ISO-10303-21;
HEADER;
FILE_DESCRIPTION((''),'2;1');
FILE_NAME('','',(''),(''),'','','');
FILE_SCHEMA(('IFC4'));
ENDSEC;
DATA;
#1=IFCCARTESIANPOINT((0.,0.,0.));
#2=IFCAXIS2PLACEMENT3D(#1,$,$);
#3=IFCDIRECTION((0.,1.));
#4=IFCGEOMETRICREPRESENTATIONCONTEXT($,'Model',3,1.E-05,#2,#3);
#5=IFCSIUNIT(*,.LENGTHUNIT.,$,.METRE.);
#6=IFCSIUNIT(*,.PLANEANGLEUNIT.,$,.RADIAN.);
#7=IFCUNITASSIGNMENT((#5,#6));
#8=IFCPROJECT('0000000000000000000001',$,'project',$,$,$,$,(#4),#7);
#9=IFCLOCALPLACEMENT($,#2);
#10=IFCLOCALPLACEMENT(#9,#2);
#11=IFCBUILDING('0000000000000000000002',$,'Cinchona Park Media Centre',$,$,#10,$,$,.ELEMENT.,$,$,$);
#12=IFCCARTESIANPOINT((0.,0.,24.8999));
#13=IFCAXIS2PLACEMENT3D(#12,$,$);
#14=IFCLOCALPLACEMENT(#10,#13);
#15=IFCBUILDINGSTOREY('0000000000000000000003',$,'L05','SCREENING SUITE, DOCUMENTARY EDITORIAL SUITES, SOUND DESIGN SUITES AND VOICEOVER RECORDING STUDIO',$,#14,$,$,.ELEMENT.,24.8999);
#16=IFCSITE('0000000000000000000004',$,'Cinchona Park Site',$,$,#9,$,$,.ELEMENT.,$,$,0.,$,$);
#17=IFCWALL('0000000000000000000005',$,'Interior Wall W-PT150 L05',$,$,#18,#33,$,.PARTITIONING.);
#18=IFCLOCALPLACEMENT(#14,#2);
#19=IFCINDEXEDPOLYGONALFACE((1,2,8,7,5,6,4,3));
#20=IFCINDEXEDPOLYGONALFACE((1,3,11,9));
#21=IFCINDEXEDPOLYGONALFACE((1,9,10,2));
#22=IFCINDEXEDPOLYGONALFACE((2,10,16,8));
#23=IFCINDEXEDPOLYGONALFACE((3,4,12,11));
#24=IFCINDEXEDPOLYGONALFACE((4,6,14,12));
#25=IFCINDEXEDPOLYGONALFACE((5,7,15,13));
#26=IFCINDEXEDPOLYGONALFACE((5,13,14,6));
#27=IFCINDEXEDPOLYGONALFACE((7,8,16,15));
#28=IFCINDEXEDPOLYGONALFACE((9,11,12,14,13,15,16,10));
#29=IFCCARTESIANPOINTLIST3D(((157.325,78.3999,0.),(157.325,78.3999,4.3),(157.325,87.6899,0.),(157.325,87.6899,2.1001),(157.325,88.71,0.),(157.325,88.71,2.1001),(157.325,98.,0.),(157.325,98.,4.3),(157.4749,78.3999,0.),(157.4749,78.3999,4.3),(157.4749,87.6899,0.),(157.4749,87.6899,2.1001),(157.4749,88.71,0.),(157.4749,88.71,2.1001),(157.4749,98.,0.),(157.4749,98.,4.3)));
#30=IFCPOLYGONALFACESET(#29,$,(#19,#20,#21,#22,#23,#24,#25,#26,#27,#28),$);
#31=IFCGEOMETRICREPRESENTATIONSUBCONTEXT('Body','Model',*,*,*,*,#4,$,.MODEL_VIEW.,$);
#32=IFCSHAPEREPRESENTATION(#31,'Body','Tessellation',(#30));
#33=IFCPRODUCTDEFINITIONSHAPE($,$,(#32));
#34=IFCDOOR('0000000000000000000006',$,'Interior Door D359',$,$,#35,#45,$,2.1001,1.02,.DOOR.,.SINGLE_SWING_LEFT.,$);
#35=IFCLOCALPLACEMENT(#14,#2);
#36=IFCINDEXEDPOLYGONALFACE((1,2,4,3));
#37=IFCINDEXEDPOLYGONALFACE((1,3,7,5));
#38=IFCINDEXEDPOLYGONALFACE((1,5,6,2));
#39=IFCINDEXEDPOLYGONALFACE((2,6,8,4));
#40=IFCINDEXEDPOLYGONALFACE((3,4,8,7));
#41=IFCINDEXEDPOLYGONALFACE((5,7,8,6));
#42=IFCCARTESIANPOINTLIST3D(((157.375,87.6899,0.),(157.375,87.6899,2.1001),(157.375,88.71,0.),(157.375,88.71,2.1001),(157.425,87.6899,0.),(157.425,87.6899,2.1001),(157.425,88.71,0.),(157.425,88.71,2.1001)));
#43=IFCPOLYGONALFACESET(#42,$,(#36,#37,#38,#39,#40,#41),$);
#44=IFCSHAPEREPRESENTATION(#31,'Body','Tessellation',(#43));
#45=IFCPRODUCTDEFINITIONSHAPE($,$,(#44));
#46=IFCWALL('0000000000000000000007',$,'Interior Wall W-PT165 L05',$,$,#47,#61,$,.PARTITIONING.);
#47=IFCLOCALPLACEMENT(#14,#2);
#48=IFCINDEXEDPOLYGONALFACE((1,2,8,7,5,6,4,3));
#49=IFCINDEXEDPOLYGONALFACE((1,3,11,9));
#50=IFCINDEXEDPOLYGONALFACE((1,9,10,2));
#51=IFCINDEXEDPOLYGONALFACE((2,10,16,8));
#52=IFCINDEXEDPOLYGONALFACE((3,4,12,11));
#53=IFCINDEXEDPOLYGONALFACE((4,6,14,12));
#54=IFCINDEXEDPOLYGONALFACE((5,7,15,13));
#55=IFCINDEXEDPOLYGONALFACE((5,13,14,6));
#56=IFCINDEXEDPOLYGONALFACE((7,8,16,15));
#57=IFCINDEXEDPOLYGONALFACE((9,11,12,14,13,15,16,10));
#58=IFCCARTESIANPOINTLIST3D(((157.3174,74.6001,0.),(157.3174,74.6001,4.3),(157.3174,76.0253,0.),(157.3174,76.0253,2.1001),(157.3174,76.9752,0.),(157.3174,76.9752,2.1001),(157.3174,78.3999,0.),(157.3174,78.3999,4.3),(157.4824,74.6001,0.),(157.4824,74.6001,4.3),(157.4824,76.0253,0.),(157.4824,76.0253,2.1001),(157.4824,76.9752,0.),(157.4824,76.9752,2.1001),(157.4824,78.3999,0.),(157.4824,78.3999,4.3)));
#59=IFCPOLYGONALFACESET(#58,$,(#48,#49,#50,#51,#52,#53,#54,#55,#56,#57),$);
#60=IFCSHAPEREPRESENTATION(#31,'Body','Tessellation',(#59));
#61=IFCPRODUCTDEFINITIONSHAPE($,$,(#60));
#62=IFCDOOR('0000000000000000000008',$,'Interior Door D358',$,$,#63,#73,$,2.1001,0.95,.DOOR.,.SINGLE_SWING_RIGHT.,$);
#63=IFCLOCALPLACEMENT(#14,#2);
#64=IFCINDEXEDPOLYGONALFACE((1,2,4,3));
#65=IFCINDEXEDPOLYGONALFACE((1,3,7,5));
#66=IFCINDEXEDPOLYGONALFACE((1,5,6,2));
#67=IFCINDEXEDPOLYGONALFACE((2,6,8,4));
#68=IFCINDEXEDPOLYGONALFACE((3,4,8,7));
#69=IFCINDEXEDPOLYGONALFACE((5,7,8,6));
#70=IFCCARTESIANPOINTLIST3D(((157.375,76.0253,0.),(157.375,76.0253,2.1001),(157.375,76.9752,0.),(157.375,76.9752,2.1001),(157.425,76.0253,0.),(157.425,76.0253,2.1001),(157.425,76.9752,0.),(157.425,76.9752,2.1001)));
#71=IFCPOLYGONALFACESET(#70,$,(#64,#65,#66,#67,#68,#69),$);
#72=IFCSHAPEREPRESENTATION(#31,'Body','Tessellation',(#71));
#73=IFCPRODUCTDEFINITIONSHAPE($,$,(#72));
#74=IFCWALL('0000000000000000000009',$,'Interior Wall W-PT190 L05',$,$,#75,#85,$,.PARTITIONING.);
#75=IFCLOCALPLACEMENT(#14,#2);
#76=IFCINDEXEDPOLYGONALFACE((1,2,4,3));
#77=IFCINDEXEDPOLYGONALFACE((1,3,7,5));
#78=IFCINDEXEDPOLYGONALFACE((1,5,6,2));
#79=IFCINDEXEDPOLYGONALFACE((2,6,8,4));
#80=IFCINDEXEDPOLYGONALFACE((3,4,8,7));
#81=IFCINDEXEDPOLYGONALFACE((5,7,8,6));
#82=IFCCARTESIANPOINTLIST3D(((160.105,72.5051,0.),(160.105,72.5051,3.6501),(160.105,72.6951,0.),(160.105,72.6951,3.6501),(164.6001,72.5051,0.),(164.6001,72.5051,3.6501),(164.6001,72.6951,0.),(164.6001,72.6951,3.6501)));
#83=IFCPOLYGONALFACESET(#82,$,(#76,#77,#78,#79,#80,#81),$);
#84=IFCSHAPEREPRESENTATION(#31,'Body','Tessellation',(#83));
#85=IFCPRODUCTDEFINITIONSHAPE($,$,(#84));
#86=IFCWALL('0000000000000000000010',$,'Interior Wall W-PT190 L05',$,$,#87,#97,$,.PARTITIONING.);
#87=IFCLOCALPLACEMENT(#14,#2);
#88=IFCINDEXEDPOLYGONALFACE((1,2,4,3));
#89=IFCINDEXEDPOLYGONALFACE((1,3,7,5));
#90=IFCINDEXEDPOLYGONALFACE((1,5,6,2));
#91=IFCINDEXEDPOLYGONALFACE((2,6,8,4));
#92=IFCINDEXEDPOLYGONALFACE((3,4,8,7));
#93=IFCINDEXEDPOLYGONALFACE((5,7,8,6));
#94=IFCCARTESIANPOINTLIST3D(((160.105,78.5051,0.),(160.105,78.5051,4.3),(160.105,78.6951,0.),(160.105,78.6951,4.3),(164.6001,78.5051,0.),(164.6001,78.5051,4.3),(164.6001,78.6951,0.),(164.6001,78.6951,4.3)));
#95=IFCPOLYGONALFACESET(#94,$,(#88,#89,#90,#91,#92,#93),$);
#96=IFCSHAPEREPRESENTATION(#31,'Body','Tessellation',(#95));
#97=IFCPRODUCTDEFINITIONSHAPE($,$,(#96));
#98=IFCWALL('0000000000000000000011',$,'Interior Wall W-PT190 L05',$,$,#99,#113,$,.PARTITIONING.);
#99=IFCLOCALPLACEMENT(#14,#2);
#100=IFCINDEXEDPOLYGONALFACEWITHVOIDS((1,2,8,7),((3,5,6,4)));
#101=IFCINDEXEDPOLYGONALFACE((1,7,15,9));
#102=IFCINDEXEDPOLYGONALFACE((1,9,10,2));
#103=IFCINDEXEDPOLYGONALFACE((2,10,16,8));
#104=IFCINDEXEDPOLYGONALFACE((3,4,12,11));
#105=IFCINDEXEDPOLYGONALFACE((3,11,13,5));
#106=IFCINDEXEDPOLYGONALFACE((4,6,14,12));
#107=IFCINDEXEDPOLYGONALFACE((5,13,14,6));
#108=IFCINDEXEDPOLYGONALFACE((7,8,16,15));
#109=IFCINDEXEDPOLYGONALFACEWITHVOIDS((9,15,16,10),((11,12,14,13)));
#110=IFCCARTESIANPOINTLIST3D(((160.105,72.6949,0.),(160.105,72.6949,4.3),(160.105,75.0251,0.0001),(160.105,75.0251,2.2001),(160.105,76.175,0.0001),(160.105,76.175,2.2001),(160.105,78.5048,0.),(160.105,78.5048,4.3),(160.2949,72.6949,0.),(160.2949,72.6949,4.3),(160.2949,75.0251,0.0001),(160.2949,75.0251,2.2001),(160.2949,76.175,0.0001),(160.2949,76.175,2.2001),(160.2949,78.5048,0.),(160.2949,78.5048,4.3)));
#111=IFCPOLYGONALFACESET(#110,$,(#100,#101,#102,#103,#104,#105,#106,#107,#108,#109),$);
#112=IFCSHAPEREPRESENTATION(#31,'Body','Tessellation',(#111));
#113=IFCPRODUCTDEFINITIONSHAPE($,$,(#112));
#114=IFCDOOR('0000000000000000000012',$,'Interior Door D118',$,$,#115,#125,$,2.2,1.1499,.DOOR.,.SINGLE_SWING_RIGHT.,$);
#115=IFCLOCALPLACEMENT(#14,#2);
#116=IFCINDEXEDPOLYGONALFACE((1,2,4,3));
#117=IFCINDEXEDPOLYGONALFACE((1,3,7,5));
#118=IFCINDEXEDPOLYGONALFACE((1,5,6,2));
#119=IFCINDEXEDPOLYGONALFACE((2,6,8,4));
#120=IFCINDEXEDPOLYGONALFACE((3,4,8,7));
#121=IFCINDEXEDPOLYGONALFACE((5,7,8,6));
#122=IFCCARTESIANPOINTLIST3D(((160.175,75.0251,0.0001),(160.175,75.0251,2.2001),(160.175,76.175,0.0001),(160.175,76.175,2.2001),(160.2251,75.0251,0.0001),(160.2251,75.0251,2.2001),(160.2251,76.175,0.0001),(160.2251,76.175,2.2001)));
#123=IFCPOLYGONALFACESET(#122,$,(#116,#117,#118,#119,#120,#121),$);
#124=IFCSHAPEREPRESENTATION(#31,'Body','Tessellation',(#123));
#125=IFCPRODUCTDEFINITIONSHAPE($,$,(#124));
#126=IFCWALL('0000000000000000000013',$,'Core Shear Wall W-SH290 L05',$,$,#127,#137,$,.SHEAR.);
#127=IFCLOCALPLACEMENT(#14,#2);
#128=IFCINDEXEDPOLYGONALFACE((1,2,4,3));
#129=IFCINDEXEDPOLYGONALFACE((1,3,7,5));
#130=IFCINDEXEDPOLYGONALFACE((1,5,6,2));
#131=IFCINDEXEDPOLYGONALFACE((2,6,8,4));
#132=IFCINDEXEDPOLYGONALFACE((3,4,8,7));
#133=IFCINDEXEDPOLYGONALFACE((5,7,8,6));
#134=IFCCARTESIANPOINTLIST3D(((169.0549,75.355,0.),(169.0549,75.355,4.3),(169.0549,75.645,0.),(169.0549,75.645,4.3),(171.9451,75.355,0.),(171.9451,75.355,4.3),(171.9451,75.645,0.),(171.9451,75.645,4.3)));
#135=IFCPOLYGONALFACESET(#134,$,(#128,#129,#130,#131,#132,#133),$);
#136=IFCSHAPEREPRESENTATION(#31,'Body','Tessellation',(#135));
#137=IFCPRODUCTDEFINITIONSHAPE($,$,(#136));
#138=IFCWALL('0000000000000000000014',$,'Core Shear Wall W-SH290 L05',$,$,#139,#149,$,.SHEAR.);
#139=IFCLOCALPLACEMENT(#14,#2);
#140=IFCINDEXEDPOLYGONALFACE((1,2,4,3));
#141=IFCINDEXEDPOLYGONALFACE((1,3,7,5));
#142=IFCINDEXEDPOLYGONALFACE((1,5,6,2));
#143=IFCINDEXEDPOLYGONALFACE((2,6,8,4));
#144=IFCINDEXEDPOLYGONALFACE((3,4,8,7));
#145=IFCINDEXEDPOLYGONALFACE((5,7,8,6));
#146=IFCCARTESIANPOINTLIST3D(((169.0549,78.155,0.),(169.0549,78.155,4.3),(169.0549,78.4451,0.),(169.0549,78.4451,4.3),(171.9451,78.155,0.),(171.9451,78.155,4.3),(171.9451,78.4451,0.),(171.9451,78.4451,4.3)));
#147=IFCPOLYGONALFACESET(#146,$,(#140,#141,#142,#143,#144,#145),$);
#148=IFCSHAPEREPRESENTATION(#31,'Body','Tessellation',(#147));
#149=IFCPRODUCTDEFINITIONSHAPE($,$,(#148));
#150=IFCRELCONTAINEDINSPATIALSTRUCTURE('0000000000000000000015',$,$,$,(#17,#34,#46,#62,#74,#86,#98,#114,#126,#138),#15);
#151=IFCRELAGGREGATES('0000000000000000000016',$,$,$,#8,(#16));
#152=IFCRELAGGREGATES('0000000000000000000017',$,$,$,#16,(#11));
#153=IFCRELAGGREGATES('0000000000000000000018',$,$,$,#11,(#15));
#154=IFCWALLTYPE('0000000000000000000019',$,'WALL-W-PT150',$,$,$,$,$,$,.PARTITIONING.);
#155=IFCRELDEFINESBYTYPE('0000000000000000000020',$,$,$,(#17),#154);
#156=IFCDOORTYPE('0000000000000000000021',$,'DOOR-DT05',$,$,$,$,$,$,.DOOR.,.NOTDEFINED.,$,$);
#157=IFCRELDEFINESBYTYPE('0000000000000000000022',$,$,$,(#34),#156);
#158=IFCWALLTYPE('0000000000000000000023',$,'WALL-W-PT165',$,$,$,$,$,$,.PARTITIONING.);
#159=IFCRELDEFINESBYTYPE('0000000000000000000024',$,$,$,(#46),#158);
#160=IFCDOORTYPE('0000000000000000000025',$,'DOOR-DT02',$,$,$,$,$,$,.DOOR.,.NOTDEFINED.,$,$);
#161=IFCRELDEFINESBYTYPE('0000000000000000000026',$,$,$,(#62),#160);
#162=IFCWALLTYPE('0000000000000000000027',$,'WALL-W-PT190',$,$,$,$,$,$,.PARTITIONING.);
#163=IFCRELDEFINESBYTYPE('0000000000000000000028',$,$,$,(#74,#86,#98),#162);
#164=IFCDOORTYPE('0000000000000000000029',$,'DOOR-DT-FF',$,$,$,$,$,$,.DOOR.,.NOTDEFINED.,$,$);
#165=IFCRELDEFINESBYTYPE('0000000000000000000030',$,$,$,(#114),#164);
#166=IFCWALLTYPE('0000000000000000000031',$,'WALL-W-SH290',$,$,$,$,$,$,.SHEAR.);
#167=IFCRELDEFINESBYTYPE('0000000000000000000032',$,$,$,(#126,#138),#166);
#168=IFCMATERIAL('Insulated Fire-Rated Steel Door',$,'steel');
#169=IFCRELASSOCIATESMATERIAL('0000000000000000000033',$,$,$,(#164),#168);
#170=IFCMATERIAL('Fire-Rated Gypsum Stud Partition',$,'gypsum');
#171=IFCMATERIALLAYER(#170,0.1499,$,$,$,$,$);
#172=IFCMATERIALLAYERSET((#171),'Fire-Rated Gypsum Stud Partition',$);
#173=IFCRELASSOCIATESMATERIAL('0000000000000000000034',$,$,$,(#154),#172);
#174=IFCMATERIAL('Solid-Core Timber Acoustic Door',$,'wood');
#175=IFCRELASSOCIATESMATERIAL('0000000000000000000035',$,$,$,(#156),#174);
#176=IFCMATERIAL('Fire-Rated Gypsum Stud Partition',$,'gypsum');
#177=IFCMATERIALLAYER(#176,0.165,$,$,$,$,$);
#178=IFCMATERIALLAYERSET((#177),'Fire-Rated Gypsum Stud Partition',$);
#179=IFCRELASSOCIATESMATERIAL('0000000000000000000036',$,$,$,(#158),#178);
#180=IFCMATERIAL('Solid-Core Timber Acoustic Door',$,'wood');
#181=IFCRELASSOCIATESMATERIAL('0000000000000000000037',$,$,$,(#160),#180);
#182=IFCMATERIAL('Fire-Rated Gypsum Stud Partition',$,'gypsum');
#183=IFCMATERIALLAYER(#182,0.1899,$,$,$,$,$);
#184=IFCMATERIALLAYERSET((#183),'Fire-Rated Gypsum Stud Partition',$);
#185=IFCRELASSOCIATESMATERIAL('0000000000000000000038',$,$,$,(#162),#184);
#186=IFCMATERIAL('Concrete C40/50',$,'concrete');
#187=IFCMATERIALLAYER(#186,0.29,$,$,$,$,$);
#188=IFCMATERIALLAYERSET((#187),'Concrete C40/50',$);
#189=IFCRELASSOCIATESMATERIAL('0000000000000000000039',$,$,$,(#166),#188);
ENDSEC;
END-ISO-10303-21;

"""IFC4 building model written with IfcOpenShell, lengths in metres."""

from ifc_helpers import new_model, si_unit, direction, frame, frame_2d, origin, place, context, subcontext, project, spatial, rectangle, extrude, material, layer, layer_set, type_object, element, fill, save


model = new_model("IFC4")

# Units and contexts
model_context = context("Model", 3, precision=1e-05, world=origin(), true_north=direction((0.0, 1.0)))
body_context = subcontext(model_context, "Body", "Model", "MODEL_VIEW")
ifc_project = project(units=[si_unit("LENGTHUNIT", "METRE"), si_unit("PLANEANGLEUNIT", "RADIAN")], contexts=[model_context])

# Site, building, storey
site_placement = place(None, origin())
site = spatial("IfcSite", under=ifc_project, at=site_placement, Name="Cinchona Park Site", CompositionType="ELEMENT", RefElevation=0.0)
building_placement = place(site_placement, origin())
building = spatial("IfcBuilding", under=site, at=building_placement, Name="Cinchona Park Media Centre", CompositionType="ELEMENT")
storey_placement = place(building_placement, frame((0.0, 0.0, 24.8999)))
storey = spatial("IfcBuildingStorey", under=building, at=storey_placement, Name="L05", Description="SCREENING SUITE, DOCUMENTARY EDITORIAL SUITES, SOUND DESIGN SUITES AND VOICEOVER RECORDING STUDIO", CompositionType="ELEMENT", Elevation=24.8999)

# Shared definitions
ifc_material_1 = material(Name="Insulated Fire-Rated Steel Door", Category="steel")
door_type_1 = type_object("IfcDoorType", Name="DOOR-DT-FF", OperationType="NOTDEFINED", PredefinedType="DOOR", material=ifc_material_1)

# Walls, openings, doors
ifc_material_2 = material(Name="Fire-Rated Gypsum Stud Partition", Category="gypsum")
ifc_layer_1 = layer(ifc_material_2, 0.1499)
ifc_layer_set_1 = layer_set([ifc_layer_1], Name="Fire-Rated Gypsum Stud Partition")
wall_type_1 = type_object("IfcWallType", Name="WALL-W-PT150", PredefinedType="PARTITIONING", material=ifc_layer_set_1)
wall_1_placement = place(storey_placement, frame((157.3999, 78.3999, 0.0), z_axis=(0.0, 0.0, 1.0), x_axis=(0.0, 1.0, 0.0)))
wall_1 = element("IfcWall", 1, at=wall_1_placement, inside=storey, type_object=wall_type_1, Name="Interior Wall W-PT150 L05", PredefinedType="PARTITIONING", context=body_context, shape_type="SweptSolid", body=[
    extrude(rectangle(XDim=19.6001, YDim=0.1499, at=frame_2d((9.8, 0.0))), origin(), (0.0, 0.0, 1.0), 4.3),
])
opening_1_placement = place(wall_1_placement, frame((9.29, 0.0, 0.0)))
opening_1 = element("IfcOpeningElement", 2, at=opening_1_placement, cuts=wall_1, PredefinedType="OPENING", context=body_context, shape_type="SweptSolid", body=[
    extrude(rectangle(XDim=1.02, YDim=2.1001, at=frame_2d((0.51, 1.05))), frame((0.0, 0.085, 0.0), z_axis=(0.0, -1.0, 0.0), x_axis=(1.0, 0.0, 0.0)), (0.0, 0.0, 1.0), 0.1699),
])
ifc_material_3 = material(Name="Solid-Core Timber Acoustic Door", Category="wood")
door_type_2 = type_object("IfcDoorType", Name="DOOR-DT05", OperationType="NOTDEFINED", PredefinedType="DOOR", material=ifc_material_3)
door_1_placement = place(opening_1_placement, origin())
door_1 = element("IfcDoor", 3, at=door_1_placement, inside=storey, type_object=door_type_2, Name="Interior Door D359", OperationType="SINGLE_SWING_LEFT", OverallHeight=2.1001, OverallWidth=1.02, PredefinedType="DOOR", context=body_context, shape_type="SweptSolid", body=[
    extrude(rectangle(XDim=1.02, YDim=2.1001, at=frame_2d((0.51, 1.05))), frame((0.0, 0.0249, 0.0), z_axis=(0.0, -1.0, 0.0), x_axis=(1.0, 0.0, 0.0)), (0.0, 0.0, 1.0), 0.05),
])
fill(opening_1, door_1)
ifc_material_4 = material(Name="Fire-Rated Gypsum Stud Partition", Category="gypsum")
ifc_layer_2 = layer(ifc_material_4, 0.165)
ifc_layer_set_2 = layer_set([ifc_layer_2], Name="Fire-Rated Gypsum Stud Partition")
wall_type_2 = type_object("IfcWallType", Name="WALL-W-PT165", PredefinedType="PARTITIONING", material=ifc_layer_set_2)
wall_2_placement = place(storey_placement, frame((157.3999, 74.6001, 0.0), z_axis=(0.0, 0.0, 1.0), x_axis=(0.0, 1.0, 0.0)))
wall_2 = element("IfcWall", 4, at=wall_2_placement, inside=storey, type_object=wall_type_2, Name="Interior Wall W-PT165 L05", PredefinedType="PARTITIONING", context=body_context, shape_type="SweptSolid", body=[
    extrude(rectangle(XDim=3.7998, YDim=0.165, at=frame_2d((1.8999, 0.0))), origin(), (0.0, 0.0, 1.0), 4.3),
])
opening_2_placement = place(wall_2_placement, frame((1.425, 0.0, 0.0)))
opening_2 = element("IfcOpeningElement", 5, at=opening_2_placement, cuts=wall_2, PredefinedType="OPENING", context=body_context, shape_type="SweptSolid", body=[
    extrude(rectangle(XDim=0.95, YDim=2.1001, at=frame_2d((0.4751, 1.05))), frame((0.0, 0.0925, 0.0), z_axis=(0.0, -1.0, 0.0), x_axis=(1.0, 0.0, 0.0)), (0.0, 0.0, 1.0), 0.1851),
])
ifc_material_5 = material(Name="Solid-Core Timber Acoustic Door", Category="wood")
door_type_3 = type_object("IfcDoorType", Name="DOOR-DT02", OperationType="NOTDEFINED", PredefinedType="DOOR", material=ifc_material_5)
door_2_placement = place(opening_2_placement, origin())
door_2 = element("IfcDoor", 6, at=door_2_placement, inside=storey, type_object=door_type_3, Name="Interior Door D358", OperationType="SINGLE_SWING_RIGHT", OverallHeight=2.1001, OverallWidth=0.95, PredefinedType="DOOR", context=body_context, shape_type="SweptSolid", body=[
    extrude(rectangle(XDim=0.95, YDim=2.1001, at=frame_2d((0.4751, 1.05))), frame((0.0, 0.0249, 0.0), z_axis=(0.0, -1.0, 0.0), x_axis=(1.0, 0.0, 0.0)), (0.0, 0.0, 1.0), 0.05),
])
fill(opening_2, door_2)

# Walls
ifc_material_6 = material(Name="Fire-Rated Gypsum Stud Partition", Category="gypsum")
ifc_layer_3 = layer(ifc_material_6, 0.1899)
ifc_layer_set_3 = layer_set([ifc_layer_3], Name="Fire-Rated Gypsum Stud Partition")
wall_type_3 = type_object("IfcWallType", Name="WALL-W-PT190", PredefinedType="PARTITIONING", material=ifc_layer_set_3)
wall_3_placement = place(storey_placement, frame((160.105, 72.6001, 0.0), z_axis=(0.0, 0.0, 1.0), x_axis=(1.0, 0.0, 0.0)))
element("IfcWall", 7, at=wall_3_placement, inside=storey, type_object=wall_type_3, Name="Interior Wall W-PT190 L05", PredefinedType="PARTITIONING", context=body_context, shape_type="SweptSolid", body=[
    extrude(rectangle(XDim=4.4951, YDim=0.1899, at=frame_2d((2.2476, 0.0))), origin(), (0.0, 0.0, 1.0), 3.6501),
])
wall_4_placement = place(storey_placement, frame((160.105, 78.6001, 0.0), z_axis=(0.0, 0.0, 1.0), x_axis=(1.0, 0.0, 0.0)))
element("IfcWall", 8, at=wall_4_placement, inside=storey, type_object=wall_type_3, Name="Interior Wall W-PT190 L05", PredefinedType="PARTITIONING", context=body_context, shape_type="SweptSolid", body=[
    extrude(rectangle(XDim=4.4951, YDim=0.1899, at=frame_2d((2.2476, 0.0))), origin(), (0.0, 0.0, 1.0), 4.3),
])

# Wall, opening, door
wall_5_placement = place(storey_placement, frame((160.2, 72.6951, 0.0), z_axis=(0.0, 0.0, 1.0), x_axis=(0.0, 1.0, 0.0)))
wall_5 = element("IfcWall", 9, at=wall_5_placement, inside=storey, type_object=wall_type_3, Name="Interior Wall W-PT190 L05", PredefinedType="PARTITIONING", context=body_context, shape_type="SweptSolid", body=[
    extrude(rectangle(XDim=5.8098, YDim=0.1899, at=frame_2d((2.9048, 0.0))), origin(), (0.0, 0.0, 1.0), 4.3),
])
opening_3_placement = place(wall_5_placement, frame((2.3301, 0.0, 0.0)))
opening_3 = element("IfcOpeningElement", 10, at=opening_3_placement, cuts=wall_5, PredefinedType="OPENING", context=body_context, shape_type="SweptSolid", body=[
    extrude(rectangle(XDim=1.1499, YDim=2.2, at=frame_2d((0.575, 1.1001))), frame((0.0, 0.105, 0.0), z_axis=(0.0, -1.0, 0.0), x_axis=(1.0, 0.0, 0.0)), (0.0, 0.0, 1.0), 0.21),
])
door_3_placement = place(opening_3_placement, origin())
door_3 = element("IfcDoor", 11, at=door_3_placement, inside=storey, type_object=door_type_1, Name="Interior Door D118", OperationType="SINGLE_SWING_RIGHT", OverallHeight=2.2, OverallWidth=1.1499, PredefinedType="DOOR", context=body_context, shape_type="SweptSolid", body=[
    extrude(rectangle(XDim=1.1499, YDim=2.2, at=frame_2d((0.575, 1.1001))), frame((0.0, 0.0249, 0.0), z_axis=(0.0, -1.0, 0.0), x_axis=(1.0, 0.0, 0.0)), (0.0, 0.0, 1.0), 0.05),
])
fill(opening_3, door_3)

# Walls
ifc_material_7 = material(Name="Concrete C40/50", Category="concrete")
ifc_layer_4 = layer(ifc_material_7, 0.29)
ifc_layer_set_4 = layer_set([ifc_layer_4], Name="Concrete C40/50")
wall_type_4 = type_object("IfcWallType", Name="WALL-W-SH290", PredefinedType="SHEAR", material=ifc_layer_set_4)
for number, where, z_axis, x_axis, name in (
    (12, (169.0549, 75.5, 0.0), (0.0, 0.0, 1.0), (1.0, 0.0, 0.0), "Core Shear Wall W-SH290 L05"),
    (13, (169.0549, 78.3, 0.0), (0.0, 0.0, 1.0), (1.0, 0.0, 0.0), "Core Shear Wall W-SH290 L05"),
):
    element("IfcWall", number, at=place(storey_placement, frame(where, z_axis=z_axis, x_axis=x_axis)), inside=storey, type_object=wall_type_4, Name=name, PredefinedType="SHEAR", context=body_context, shape_type="SweptSolid", body=[
        extrude(rectangle(XDim=2.8901, YDim=0.29, at=frame_2d((1.4451, 0.0))), origin(), (0.0, 0.0, 1.0), 4.3),
    ])

save(model, "model.ifc")
